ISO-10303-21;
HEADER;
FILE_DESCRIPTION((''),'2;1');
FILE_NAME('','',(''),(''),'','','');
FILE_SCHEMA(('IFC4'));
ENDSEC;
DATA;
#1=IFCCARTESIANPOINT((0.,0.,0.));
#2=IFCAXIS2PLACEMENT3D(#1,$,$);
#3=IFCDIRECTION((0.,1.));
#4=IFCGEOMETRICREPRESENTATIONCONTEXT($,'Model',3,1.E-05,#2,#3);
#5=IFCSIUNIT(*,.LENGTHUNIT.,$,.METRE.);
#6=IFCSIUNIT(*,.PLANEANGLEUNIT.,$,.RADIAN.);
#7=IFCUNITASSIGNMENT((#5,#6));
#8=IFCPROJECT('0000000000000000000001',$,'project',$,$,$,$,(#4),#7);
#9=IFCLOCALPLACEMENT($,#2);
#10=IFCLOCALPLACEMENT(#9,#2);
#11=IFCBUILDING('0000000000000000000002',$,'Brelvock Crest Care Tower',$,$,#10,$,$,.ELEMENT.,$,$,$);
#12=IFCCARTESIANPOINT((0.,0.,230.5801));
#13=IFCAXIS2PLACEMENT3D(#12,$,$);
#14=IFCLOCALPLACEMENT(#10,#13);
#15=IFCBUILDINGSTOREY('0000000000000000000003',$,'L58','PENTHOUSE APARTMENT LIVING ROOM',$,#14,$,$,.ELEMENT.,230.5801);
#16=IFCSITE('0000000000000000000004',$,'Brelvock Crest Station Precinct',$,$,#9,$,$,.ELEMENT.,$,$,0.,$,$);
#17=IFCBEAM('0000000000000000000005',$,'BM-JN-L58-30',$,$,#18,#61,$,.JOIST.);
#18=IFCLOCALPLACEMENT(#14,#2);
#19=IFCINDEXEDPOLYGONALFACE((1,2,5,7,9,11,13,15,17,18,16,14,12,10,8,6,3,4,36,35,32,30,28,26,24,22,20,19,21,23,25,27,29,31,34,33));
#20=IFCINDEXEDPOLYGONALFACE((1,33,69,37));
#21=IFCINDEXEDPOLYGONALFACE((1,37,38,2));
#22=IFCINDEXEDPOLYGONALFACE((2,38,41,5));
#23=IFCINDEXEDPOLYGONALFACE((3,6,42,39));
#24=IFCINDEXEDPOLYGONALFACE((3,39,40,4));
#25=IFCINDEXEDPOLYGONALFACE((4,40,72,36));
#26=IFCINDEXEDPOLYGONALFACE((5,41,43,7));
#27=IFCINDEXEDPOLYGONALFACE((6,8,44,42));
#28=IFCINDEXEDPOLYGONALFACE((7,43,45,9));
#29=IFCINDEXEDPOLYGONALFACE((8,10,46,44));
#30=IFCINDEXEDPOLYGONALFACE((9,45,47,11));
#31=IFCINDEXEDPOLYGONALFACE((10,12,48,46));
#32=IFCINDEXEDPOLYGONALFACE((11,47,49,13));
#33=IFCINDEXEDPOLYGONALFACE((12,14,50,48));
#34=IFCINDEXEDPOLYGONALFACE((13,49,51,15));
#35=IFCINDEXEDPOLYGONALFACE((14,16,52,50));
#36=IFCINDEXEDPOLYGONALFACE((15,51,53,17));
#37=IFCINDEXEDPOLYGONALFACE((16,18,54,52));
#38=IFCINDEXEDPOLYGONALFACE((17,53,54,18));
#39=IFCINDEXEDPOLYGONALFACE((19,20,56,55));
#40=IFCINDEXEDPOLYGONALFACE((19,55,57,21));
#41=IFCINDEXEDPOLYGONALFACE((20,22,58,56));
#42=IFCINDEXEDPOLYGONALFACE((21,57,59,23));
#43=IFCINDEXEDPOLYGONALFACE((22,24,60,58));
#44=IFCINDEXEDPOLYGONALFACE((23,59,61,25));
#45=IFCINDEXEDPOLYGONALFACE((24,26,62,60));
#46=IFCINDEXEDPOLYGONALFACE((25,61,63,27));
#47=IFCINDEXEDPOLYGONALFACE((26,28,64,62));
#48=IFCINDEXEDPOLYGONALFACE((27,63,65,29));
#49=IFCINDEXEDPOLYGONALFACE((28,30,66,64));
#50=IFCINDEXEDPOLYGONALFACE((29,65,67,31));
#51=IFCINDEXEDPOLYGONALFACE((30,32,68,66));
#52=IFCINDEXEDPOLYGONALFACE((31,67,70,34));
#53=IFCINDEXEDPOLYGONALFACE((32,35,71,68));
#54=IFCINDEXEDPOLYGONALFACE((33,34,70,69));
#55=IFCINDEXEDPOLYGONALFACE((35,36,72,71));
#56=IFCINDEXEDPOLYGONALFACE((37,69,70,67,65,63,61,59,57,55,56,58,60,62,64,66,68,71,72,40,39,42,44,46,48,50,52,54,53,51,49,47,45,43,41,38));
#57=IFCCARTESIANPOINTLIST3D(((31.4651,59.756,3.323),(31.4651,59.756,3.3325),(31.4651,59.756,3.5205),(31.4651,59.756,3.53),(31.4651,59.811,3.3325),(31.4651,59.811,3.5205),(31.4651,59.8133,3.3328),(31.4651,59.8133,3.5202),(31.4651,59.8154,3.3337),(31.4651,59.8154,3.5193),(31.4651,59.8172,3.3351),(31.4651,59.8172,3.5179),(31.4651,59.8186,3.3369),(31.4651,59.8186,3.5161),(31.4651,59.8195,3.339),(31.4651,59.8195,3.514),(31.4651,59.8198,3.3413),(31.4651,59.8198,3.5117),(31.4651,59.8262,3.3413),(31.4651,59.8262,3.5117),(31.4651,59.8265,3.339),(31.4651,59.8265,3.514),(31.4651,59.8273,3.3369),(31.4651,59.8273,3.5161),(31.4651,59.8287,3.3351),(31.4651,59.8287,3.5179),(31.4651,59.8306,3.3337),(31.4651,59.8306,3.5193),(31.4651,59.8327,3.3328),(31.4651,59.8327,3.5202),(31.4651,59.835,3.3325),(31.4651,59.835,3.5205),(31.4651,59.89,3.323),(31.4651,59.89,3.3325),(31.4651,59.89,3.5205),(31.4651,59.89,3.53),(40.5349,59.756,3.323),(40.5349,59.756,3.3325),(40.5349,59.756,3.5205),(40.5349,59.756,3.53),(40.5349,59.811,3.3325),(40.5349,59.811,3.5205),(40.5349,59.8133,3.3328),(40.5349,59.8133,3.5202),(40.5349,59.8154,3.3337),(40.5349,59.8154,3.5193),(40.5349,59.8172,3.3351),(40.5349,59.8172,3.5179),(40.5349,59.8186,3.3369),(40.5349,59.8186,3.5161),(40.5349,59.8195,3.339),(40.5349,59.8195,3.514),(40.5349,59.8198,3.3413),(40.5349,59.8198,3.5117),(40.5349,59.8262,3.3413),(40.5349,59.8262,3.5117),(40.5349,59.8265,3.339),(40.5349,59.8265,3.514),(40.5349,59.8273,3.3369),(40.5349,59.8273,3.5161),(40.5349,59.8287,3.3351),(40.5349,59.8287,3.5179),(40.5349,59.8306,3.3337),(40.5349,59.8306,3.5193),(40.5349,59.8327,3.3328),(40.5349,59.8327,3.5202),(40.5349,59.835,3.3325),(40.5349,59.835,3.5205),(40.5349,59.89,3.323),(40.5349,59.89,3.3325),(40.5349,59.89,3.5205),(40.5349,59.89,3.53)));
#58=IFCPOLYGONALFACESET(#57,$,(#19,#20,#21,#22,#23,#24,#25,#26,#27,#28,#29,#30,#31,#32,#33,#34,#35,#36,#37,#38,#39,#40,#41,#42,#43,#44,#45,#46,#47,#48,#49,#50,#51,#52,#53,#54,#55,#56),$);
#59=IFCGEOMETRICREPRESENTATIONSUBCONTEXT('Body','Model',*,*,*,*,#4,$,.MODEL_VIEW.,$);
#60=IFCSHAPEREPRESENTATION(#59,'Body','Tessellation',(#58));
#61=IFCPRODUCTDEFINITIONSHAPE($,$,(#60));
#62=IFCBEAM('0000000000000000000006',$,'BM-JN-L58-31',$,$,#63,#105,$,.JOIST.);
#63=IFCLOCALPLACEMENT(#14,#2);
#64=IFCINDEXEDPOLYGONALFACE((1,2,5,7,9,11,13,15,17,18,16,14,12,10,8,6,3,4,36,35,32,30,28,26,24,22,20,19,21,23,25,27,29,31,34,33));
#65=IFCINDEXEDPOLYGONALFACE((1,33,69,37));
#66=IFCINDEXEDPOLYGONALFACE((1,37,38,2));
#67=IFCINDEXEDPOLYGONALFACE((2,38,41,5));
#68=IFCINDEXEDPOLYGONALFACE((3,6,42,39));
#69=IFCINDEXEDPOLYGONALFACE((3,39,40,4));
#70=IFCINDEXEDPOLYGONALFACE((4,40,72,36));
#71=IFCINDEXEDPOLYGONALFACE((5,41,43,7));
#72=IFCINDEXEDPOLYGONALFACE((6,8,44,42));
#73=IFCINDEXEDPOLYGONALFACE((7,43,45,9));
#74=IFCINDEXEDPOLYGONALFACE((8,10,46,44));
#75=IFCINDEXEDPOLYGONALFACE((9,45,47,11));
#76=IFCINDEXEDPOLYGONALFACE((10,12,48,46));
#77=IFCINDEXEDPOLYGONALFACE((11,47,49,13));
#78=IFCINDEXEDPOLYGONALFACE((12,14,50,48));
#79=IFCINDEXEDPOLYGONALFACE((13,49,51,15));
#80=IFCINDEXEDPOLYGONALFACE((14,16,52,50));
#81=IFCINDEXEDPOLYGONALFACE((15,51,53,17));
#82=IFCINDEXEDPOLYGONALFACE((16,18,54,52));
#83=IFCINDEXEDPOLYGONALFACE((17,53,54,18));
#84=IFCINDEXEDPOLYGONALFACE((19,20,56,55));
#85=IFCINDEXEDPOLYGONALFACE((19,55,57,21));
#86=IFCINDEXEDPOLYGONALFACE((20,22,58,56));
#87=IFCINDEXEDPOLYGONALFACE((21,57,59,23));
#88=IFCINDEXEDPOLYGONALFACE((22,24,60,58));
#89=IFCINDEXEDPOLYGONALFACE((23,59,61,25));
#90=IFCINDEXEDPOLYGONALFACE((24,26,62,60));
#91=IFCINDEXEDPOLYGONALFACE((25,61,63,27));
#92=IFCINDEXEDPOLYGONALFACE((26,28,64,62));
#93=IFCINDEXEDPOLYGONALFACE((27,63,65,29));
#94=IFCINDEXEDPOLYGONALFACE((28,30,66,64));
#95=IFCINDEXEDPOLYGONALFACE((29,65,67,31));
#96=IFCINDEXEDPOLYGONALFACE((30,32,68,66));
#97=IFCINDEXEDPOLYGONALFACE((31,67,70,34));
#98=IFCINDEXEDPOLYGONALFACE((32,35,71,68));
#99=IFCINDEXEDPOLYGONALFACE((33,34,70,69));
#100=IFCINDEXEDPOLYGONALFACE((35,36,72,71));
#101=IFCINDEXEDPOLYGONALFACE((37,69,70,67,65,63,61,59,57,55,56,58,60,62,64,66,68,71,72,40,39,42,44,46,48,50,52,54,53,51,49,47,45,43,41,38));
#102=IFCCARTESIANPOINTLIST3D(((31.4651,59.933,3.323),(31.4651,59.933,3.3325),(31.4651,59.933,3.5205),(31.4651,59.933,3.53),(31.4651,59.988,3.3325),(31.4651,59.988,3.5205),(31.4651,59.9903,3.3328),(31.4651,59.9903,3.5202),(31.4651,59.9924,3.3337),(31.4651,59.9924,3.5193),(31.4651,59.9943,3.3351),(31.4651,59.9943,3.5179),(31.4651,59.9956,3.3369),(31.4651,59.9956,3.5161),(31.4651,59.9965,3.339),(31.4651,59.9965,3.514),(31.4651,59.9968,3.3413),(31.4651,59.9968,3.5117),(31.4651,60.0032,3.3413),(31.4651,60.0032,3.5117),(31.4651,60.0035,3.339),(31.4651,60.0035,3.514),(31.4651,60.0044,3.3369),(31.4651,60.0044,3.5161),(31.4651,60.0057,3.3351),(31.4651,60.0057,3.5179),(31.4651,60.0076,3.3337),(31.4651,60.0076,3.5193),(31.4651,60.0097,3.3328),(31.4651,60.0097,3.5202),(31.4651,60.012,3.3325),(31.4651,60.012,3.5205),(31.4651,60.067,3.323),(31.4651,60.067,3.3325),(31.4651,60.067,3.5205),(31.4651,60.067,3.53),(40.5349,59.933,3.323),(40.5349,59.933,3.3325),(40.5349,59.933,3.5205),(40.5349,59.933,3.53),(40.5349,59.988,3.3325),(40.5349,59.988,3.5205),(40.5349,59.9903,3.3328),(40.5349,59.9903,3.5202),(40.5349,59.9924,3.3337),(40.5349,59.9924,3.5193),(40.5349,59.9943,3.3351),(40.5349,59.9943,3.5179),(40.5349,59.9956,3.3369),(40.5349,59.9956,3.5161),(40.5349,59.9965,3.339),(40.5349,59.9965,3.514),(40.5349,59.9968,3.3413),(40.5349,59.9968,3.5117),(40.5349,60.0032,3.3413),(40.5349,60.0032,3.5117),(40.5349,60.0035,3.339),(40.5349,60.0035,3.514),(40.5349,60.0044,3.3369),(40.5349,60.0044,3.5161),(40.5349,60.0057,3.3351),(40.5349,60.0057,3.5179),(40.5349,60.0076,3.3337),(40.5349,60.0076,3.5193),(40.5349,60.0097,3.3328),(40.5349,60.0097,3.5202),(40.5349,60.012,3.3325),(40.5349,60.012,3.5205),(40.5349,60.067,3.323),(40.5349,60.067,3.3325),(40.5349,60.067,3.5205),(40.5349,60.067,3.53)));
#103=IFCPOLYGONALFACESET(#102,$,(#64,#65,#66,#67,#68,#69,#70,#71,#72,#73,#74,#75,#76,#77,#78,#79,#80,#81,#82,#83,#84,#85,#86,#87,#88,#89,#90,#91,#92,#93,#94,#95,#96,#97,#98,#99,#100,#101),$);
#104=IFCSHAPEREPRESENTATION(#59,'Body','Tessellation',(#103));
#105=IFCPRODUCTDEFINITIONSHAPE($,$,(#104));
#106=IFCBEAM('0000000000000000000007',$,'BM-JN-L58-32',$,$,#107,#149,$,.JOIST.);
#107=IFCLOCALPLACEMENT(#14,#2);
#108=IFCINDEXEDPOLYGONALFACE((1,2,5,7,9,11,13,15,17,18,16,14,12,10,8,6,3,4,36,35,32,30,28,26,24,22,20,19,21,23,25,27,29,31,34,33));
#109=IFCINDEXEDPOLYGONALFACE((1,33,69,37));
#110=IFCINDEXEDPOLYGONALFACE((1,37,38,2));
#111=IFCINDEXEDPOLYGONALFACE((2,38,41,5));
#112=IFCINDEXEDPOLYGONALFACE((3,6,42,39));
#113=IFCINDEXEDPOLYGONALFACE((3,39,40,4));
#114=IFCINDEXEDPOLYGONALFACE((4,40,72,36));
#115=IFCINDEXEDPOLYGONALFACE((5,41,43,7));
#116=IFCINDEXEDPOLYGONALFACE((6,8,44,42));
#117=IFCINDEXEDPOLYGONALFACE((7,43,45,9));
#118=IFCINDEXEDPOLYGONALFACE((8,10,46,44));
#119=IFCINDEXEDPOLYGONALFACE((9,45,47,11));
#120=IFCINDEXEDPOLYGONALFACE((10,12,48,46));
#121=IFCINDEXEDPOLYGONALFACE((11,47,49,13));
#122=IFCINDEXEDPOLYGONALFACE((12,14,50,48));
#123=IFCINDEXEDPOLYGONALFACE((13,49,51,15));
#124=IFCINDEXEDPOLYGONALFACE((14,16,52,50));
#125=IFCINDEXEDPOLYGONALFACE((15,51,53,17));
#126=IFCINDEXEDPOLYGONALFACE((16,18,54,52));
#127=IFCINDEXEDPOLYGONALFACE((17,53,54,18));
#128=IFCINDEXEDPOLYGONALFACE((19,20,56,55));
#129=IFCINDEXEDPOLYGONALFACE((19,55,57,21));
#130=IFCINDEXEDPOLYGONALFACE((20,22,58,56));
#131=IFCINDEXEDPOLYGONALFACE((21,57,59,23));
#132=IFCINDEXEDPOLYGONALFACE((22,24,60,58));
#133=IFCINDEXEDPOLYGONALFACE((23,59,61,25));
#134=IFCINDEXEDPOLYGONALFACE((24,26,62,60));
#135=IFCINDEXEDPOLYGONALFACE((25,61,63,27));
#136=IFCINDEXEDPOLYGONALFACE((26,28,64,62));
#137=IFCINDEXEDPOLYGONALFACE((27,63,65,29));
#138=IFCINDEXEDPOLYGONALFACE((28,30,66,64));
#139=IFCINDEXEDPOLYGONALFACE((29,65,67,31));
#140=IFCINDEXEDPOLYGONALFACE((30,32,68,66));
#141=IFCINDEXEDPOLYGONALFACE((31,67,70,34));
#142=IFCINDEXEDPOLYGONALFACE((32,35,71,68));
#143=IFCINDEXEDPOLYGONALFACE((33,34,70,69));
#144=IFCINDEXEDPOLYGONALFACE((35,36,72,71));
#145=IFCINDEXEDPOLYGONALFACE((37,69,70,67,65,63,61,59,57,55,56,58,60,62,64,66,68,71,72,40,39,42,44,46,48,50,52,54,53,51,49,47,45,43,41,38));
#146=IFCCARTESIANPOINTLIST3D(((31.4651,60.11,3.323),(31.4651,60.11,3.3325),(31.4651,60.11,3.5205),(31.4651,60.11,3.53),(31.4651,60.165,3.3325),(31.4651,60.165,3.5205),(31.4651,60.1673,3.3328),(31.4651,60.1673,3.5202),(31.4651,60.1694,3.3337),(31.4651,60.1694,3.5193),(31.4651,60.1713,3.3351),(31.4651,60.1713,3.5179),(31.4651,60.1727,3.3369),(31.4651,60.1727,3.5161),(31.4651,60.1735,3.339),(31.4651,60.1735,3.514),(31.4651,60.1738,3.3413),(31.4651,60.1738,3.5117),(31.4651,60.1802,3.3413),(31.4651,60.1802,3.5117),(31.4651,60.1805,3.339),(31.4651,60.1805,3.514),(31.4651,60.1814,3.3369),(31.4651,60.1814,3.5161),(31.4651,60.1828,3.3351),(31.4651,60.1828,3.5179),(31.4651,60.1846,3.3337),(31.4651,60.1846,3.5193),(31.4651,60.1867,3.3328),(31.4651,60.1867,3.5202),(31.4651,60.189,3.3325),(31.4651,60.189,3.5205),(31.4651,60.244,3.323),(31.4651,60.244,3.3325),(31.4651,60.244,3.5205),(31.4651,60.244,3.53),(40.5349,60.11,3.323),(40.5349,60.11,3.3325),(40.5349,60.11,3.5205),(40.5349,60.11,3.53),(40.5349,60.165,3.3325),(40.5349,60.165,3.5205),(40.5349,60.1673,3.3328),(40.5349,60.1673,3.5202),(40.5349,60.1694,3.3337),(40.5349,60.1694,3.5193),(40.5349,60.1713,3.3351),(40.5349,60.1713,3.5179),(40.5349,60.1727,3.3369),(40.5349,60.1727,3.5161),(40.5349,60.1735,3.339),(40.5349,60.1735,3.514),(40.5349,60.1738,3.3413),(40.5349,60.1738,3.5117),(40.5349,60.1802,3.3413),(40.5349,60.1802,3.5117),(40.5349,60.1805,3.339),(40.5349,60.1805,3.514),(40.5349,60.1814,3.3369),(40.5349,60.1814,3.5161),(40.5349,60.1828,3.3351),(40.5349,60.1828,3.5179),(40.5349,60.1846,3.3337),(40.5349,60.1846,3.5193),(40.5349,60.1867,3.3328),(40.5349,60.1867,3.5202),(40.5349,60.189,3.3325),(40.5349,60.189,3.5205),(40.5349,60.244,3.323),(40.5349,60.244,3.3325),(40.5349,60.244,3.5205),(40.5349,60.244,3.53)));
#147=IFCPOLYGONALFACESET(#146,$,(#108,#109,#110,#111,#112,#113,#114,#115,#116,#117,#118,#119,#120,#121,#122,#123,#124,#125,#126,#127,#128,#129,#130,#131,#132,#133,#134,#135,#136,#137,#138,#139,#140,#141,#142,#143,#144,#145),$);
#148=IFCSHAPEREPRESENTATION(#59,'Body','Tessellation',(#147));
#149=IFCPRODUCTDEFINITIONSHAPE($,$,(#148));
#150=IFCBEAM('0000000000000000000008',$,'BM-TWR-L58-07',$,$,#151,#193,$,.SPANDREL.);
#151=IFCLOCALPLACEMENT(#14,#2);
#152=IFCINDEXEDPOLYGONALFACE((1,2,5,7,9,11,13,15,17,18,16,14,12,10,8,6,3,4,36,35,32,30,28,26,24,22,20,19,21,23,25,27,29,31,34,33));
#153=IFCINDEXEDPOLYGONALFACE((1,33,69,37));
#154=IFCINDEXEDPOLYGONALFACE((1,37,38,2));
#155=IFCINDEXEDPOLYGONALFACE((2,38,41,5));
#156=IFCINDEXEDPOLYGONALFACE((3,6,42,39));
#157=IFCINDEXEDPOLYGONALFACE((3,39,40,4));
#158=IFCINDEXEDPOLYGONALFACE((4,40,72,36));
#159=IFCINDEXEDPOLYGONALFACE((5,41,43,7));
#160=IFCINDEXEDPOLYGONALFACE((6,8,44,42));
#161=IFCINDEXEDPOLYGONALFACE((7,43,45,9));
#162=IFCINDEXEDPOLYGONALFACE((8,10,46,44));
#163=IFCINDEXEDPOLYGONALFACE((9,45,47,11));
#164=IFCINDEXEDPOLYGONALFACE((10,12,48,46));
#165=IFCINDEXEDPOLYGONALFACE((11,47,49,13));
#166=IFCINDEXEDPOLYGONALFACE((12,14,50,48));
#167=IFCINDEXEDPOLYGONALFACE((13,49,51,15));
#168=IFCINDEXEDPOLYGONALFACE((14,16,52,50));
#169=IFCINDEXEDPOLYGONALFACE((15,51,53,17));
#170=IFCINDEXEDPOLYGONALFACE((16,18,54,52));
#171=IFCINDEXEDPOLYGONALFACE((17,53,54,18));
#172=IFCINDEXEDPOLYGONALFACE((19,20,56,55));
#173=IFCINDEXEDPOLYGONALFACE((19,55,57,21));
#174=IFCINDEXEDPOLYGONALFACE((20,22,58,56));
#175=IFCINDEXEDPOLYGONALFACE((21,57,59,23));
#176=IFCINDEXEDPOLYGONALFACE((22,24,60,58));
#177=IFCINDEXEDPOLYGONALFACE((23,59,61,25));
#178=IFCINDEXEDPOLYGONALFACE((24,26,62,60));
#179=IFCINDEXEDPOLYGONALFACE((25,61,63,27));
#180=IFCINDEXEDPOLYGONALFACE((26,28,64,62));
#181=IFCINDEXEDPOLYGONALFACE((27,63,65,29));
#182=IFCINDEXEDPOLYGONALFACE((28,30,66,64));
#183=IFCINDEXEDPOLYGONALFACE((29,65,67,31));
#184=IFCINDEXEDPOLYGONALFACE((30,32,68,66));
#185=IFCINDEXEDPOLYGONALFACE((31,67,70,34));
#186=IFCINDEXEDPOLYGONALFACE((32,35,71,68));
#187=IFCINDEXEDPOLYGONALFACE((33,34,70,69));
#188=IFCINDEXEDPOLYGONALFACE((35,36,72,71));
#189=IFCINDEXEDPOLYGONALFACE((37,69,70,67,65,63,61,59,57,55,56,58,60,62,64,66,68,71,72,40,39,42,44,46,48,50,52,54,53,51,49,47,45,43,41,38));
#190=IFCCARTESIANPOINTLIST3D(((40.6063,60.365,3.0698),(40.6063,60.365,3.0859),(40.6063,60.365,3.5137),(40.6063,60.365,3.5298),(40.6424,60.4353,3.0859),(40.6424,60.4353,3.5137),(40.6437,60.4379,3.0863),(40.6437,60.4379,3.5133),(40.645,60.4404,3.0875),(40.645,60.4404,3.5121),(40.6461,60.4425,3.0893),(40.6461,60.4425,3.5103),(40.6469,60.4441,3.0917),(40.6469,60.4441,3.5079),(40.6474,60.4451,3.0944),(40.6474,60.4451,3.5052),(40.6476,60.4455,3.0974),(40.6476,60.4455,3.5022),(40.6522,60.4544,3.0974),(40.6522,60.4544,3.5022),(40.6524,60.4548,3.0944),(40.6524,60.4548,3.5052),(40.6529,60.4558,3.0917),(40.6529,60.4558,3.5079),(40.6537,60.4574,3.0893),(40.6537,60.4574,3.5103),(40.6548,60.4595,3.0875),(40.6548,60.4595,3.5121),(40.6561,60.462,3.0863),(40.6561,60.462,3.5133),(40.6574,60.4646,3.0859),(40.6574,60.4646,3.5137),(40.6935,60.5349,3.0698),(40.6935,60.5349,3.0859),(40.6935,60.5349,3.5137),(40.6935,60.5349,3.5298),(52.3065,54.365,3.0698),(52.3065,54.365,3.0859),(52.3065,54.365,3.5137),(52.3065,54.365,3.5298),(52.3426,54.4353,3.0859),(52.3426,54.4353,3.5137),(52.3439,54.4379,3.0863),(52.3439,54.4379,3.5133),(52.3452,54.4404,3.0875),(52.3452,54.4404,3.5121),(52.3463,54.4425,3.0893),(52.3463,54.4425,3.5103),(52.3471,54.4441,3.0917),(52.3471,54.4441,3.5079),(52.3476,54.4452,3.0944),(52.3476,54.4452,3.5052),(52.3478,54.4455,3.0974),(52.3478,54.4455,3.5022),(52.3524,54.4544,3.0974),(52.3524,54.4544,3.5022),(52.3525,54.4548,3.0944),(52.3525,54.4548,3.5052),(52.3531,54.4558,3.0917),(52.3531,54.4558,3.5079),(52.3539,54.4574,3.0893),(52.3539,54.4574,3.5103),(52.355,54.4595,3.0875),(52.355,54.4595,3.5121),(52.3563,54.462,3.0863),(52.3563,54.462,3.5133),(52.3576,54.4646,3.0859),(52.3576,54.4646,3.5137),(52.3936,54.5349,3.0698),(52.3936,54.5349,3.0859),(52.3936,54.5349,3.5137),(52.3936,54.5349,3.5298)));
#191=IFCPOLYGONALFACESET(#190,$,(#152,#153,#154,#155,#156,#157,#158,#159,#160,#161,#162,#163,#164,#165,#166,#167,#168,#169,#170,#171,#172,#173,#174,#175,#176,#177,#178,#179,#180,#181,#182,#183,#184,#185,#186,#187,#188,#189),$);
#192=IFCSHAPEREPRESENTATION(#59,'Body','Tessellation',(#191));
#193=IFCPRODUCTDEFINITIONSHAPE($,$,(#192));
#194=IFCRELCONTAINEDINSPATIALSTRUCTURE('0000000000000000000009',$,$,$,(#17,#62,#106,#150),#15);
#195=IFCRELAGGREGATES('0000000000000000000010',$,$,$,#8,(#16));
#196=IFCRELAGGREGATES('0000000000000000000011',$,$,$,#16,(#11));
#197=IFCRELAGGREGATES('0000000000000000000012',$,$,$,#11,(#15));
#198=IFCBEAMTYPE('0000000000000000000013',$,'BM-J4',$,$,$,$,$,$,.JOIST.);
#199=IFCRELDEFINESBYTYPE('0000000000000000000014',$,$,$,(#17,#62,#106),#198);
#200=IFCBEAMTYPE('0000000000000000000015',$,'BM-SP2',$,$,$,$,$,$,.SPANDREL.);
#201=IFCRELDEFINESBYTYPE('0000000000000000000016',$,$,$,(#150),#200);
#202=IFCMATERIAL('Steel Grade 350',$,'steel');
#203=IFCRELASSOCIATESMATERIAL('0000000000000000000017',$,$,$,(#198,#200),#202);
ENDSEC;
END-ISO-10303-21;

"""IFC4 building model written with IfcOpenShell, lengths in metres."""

from ifc_helpers import new_model, si_unit, direction, frame, origin, origin_2d, place, context, subcontext, project, spatial, i_section, extrude, source, transform, mapped, material, material_profile, profile_set, type_object, element, save


model = new_model("IFC4")

# Units and contexts
model_context = context("Model", 3, precision=1e-05, world=origin(), true_north=direction((0.0, 1.0)))
body_context = subcontext(model_context, "Body", "Model", "MODEL_VIEW")
ifc_project = project(units=[si_unit("LENGTHUNIT", "METRE"), si_unit("PLANEANGLEUNIT", "RADIAN")], contexts=[model_context])

# Site, building, storey
site_placement = place(None, origin())
site = spatial("IfcSite", under=ifc_project, at=site_placement, Name="Brelvock Crest Station Precinct", CompositionType="ELEMENT", RefElevation=0.0)
building_placement = place(site_placement, origin())
building = spatial("IfcBuilding", under=site, at=building_placement, Name="Brelvock Crest Care Tower", CompositionType="ELEMENT")
storey_placement = place(building_placement, frame((0.0, 0.0, 230.5801)))
storey = spatial("IfcBuildingStorey", under=building, at=storey_placement, Name="L58", Description="PENTHOUSE APARTMENT LIVING ROOM", CompositionType="ELEMENT", Elevation=230.5801)

# Shared definitions
ifc_material_1 = material(Name="Steel Grade 350", Category="steel")

# Beams
ifc_material_profile_1 = material_profile(ifc_material_1, i_section(OverallWidth=0.134, OverallDepth=0.207, WebThickness=0.0063, FlangeThickness=0.0095, FilletRadius=0.0088, at=origin_2d()), Name="200UB29.8")
ifc_profile_set_1 = profile_set([ifc_material_profile_1], Name="Steel Grade 350")
beam_type_1 = type_object("IfcBeamType", Name="BM-J4", PredefinedType="JOIST", material=ifc_profile_set_1)
shared_shape_1 = source(origin(), body_context, "Body", "SweptSolid", [
    extrude(i_section(OverallWidth=0.134, OverallDepth=0.207, WebThickness=0.0063, FlangeThickness=0.0095, FilletRadius=0.0088, at=origin_2d()), origin(), (0.0, 0.0, 1.0), 9.0698),
])
for number, where, z_axis, x_axis, name in (
    (1, (31.4651, 59.823, 3.4265), (1.0, 0.0, 0.0), (0.0, 1.0, 0.0), "BM-JN-L58-30"),
    (2, (31.4651, 60.0, 3.4265), (1.0, 0.0, 0.0), (0.0, 1.0, 0.0), "BM-JN-L58-31"),
    (3, (31.4651, 60.177, 3.4265), (1.0, 0.0, 0.0), (0.0, 1.0, 0.0), "BM-JN-L58-32"),
):
    element("IfcBeam", number, at=place(storey_placement, frame(where, z_axis=z_axis, x_axis=x_axis)), inside=storey, type_object=beam_type_1, Name=name, PredefinedType="JOIST", context=body_context, shape_type="MappedRepresentation", body=[
        mapped(shared_shape_1, transform((0.0, 0.0, 0.0), x_axis=(1.0, 0.0, 0.0), y_axis=(0.0, 1.0, 0.0), z_axis=(0.0, 0.0, 1.0), scale=1.0)),
    ])
ifc_material_profile_2 = material_profile(ifc_material_1, i_section(OverallWidth=0.1909, OverallDepth=0.46, WebThickness=0.01, FlangeThickness=0.0161, FilletRadius=0.0115, at=origin_2d()), Name="460UB82.1")
ifc_profile_set_2 = profile_set([ifc_material_profile_2], Name="Steel Grade 350")
beam_type_2 = type_object("IfcBeamType", Name="BM-SP2", PredefinedType="SPANDREL", material=ifc_profile_set_2)
shared_shape_2 = source(origin(), body_context, "Body", "SweptSolid", [
    extrude(i_section(OverallWidth=0.1909, OverallDepth=0.46, WebThickness=0.01, FlangeThickness=0.0161, FilletRadius=0.0115, at=origin_2d()), origin(), (0.0, 0.0, 1.0), 13.1489),
])
beam_placement = place(storey_placement, frame((40.6499, 60.45, 3.2998), z_axis=(0.889821, -0.456311, 0.0), x_axis=(0.456311, 0.889821, 0.0)))
element("IfcBeam", 4, at=beam_placement, inside=storey, type_object=beam_type_2, Name="BM-TWR-L58-07", PredefinedType="SPANDREL", context=body_context, shape_type="MappedRepresentation", body=[
    mapped(shared_shape_2, transform((0.0, 0.0, 0.0), x_axis=(1.0, 0.0, 0.0), y_axis=(0.0, 1.0, 0.0), z_axis=(0.0, 0.0, 1.0), scale=1.0)),
])

save(model, "model.ifc")
